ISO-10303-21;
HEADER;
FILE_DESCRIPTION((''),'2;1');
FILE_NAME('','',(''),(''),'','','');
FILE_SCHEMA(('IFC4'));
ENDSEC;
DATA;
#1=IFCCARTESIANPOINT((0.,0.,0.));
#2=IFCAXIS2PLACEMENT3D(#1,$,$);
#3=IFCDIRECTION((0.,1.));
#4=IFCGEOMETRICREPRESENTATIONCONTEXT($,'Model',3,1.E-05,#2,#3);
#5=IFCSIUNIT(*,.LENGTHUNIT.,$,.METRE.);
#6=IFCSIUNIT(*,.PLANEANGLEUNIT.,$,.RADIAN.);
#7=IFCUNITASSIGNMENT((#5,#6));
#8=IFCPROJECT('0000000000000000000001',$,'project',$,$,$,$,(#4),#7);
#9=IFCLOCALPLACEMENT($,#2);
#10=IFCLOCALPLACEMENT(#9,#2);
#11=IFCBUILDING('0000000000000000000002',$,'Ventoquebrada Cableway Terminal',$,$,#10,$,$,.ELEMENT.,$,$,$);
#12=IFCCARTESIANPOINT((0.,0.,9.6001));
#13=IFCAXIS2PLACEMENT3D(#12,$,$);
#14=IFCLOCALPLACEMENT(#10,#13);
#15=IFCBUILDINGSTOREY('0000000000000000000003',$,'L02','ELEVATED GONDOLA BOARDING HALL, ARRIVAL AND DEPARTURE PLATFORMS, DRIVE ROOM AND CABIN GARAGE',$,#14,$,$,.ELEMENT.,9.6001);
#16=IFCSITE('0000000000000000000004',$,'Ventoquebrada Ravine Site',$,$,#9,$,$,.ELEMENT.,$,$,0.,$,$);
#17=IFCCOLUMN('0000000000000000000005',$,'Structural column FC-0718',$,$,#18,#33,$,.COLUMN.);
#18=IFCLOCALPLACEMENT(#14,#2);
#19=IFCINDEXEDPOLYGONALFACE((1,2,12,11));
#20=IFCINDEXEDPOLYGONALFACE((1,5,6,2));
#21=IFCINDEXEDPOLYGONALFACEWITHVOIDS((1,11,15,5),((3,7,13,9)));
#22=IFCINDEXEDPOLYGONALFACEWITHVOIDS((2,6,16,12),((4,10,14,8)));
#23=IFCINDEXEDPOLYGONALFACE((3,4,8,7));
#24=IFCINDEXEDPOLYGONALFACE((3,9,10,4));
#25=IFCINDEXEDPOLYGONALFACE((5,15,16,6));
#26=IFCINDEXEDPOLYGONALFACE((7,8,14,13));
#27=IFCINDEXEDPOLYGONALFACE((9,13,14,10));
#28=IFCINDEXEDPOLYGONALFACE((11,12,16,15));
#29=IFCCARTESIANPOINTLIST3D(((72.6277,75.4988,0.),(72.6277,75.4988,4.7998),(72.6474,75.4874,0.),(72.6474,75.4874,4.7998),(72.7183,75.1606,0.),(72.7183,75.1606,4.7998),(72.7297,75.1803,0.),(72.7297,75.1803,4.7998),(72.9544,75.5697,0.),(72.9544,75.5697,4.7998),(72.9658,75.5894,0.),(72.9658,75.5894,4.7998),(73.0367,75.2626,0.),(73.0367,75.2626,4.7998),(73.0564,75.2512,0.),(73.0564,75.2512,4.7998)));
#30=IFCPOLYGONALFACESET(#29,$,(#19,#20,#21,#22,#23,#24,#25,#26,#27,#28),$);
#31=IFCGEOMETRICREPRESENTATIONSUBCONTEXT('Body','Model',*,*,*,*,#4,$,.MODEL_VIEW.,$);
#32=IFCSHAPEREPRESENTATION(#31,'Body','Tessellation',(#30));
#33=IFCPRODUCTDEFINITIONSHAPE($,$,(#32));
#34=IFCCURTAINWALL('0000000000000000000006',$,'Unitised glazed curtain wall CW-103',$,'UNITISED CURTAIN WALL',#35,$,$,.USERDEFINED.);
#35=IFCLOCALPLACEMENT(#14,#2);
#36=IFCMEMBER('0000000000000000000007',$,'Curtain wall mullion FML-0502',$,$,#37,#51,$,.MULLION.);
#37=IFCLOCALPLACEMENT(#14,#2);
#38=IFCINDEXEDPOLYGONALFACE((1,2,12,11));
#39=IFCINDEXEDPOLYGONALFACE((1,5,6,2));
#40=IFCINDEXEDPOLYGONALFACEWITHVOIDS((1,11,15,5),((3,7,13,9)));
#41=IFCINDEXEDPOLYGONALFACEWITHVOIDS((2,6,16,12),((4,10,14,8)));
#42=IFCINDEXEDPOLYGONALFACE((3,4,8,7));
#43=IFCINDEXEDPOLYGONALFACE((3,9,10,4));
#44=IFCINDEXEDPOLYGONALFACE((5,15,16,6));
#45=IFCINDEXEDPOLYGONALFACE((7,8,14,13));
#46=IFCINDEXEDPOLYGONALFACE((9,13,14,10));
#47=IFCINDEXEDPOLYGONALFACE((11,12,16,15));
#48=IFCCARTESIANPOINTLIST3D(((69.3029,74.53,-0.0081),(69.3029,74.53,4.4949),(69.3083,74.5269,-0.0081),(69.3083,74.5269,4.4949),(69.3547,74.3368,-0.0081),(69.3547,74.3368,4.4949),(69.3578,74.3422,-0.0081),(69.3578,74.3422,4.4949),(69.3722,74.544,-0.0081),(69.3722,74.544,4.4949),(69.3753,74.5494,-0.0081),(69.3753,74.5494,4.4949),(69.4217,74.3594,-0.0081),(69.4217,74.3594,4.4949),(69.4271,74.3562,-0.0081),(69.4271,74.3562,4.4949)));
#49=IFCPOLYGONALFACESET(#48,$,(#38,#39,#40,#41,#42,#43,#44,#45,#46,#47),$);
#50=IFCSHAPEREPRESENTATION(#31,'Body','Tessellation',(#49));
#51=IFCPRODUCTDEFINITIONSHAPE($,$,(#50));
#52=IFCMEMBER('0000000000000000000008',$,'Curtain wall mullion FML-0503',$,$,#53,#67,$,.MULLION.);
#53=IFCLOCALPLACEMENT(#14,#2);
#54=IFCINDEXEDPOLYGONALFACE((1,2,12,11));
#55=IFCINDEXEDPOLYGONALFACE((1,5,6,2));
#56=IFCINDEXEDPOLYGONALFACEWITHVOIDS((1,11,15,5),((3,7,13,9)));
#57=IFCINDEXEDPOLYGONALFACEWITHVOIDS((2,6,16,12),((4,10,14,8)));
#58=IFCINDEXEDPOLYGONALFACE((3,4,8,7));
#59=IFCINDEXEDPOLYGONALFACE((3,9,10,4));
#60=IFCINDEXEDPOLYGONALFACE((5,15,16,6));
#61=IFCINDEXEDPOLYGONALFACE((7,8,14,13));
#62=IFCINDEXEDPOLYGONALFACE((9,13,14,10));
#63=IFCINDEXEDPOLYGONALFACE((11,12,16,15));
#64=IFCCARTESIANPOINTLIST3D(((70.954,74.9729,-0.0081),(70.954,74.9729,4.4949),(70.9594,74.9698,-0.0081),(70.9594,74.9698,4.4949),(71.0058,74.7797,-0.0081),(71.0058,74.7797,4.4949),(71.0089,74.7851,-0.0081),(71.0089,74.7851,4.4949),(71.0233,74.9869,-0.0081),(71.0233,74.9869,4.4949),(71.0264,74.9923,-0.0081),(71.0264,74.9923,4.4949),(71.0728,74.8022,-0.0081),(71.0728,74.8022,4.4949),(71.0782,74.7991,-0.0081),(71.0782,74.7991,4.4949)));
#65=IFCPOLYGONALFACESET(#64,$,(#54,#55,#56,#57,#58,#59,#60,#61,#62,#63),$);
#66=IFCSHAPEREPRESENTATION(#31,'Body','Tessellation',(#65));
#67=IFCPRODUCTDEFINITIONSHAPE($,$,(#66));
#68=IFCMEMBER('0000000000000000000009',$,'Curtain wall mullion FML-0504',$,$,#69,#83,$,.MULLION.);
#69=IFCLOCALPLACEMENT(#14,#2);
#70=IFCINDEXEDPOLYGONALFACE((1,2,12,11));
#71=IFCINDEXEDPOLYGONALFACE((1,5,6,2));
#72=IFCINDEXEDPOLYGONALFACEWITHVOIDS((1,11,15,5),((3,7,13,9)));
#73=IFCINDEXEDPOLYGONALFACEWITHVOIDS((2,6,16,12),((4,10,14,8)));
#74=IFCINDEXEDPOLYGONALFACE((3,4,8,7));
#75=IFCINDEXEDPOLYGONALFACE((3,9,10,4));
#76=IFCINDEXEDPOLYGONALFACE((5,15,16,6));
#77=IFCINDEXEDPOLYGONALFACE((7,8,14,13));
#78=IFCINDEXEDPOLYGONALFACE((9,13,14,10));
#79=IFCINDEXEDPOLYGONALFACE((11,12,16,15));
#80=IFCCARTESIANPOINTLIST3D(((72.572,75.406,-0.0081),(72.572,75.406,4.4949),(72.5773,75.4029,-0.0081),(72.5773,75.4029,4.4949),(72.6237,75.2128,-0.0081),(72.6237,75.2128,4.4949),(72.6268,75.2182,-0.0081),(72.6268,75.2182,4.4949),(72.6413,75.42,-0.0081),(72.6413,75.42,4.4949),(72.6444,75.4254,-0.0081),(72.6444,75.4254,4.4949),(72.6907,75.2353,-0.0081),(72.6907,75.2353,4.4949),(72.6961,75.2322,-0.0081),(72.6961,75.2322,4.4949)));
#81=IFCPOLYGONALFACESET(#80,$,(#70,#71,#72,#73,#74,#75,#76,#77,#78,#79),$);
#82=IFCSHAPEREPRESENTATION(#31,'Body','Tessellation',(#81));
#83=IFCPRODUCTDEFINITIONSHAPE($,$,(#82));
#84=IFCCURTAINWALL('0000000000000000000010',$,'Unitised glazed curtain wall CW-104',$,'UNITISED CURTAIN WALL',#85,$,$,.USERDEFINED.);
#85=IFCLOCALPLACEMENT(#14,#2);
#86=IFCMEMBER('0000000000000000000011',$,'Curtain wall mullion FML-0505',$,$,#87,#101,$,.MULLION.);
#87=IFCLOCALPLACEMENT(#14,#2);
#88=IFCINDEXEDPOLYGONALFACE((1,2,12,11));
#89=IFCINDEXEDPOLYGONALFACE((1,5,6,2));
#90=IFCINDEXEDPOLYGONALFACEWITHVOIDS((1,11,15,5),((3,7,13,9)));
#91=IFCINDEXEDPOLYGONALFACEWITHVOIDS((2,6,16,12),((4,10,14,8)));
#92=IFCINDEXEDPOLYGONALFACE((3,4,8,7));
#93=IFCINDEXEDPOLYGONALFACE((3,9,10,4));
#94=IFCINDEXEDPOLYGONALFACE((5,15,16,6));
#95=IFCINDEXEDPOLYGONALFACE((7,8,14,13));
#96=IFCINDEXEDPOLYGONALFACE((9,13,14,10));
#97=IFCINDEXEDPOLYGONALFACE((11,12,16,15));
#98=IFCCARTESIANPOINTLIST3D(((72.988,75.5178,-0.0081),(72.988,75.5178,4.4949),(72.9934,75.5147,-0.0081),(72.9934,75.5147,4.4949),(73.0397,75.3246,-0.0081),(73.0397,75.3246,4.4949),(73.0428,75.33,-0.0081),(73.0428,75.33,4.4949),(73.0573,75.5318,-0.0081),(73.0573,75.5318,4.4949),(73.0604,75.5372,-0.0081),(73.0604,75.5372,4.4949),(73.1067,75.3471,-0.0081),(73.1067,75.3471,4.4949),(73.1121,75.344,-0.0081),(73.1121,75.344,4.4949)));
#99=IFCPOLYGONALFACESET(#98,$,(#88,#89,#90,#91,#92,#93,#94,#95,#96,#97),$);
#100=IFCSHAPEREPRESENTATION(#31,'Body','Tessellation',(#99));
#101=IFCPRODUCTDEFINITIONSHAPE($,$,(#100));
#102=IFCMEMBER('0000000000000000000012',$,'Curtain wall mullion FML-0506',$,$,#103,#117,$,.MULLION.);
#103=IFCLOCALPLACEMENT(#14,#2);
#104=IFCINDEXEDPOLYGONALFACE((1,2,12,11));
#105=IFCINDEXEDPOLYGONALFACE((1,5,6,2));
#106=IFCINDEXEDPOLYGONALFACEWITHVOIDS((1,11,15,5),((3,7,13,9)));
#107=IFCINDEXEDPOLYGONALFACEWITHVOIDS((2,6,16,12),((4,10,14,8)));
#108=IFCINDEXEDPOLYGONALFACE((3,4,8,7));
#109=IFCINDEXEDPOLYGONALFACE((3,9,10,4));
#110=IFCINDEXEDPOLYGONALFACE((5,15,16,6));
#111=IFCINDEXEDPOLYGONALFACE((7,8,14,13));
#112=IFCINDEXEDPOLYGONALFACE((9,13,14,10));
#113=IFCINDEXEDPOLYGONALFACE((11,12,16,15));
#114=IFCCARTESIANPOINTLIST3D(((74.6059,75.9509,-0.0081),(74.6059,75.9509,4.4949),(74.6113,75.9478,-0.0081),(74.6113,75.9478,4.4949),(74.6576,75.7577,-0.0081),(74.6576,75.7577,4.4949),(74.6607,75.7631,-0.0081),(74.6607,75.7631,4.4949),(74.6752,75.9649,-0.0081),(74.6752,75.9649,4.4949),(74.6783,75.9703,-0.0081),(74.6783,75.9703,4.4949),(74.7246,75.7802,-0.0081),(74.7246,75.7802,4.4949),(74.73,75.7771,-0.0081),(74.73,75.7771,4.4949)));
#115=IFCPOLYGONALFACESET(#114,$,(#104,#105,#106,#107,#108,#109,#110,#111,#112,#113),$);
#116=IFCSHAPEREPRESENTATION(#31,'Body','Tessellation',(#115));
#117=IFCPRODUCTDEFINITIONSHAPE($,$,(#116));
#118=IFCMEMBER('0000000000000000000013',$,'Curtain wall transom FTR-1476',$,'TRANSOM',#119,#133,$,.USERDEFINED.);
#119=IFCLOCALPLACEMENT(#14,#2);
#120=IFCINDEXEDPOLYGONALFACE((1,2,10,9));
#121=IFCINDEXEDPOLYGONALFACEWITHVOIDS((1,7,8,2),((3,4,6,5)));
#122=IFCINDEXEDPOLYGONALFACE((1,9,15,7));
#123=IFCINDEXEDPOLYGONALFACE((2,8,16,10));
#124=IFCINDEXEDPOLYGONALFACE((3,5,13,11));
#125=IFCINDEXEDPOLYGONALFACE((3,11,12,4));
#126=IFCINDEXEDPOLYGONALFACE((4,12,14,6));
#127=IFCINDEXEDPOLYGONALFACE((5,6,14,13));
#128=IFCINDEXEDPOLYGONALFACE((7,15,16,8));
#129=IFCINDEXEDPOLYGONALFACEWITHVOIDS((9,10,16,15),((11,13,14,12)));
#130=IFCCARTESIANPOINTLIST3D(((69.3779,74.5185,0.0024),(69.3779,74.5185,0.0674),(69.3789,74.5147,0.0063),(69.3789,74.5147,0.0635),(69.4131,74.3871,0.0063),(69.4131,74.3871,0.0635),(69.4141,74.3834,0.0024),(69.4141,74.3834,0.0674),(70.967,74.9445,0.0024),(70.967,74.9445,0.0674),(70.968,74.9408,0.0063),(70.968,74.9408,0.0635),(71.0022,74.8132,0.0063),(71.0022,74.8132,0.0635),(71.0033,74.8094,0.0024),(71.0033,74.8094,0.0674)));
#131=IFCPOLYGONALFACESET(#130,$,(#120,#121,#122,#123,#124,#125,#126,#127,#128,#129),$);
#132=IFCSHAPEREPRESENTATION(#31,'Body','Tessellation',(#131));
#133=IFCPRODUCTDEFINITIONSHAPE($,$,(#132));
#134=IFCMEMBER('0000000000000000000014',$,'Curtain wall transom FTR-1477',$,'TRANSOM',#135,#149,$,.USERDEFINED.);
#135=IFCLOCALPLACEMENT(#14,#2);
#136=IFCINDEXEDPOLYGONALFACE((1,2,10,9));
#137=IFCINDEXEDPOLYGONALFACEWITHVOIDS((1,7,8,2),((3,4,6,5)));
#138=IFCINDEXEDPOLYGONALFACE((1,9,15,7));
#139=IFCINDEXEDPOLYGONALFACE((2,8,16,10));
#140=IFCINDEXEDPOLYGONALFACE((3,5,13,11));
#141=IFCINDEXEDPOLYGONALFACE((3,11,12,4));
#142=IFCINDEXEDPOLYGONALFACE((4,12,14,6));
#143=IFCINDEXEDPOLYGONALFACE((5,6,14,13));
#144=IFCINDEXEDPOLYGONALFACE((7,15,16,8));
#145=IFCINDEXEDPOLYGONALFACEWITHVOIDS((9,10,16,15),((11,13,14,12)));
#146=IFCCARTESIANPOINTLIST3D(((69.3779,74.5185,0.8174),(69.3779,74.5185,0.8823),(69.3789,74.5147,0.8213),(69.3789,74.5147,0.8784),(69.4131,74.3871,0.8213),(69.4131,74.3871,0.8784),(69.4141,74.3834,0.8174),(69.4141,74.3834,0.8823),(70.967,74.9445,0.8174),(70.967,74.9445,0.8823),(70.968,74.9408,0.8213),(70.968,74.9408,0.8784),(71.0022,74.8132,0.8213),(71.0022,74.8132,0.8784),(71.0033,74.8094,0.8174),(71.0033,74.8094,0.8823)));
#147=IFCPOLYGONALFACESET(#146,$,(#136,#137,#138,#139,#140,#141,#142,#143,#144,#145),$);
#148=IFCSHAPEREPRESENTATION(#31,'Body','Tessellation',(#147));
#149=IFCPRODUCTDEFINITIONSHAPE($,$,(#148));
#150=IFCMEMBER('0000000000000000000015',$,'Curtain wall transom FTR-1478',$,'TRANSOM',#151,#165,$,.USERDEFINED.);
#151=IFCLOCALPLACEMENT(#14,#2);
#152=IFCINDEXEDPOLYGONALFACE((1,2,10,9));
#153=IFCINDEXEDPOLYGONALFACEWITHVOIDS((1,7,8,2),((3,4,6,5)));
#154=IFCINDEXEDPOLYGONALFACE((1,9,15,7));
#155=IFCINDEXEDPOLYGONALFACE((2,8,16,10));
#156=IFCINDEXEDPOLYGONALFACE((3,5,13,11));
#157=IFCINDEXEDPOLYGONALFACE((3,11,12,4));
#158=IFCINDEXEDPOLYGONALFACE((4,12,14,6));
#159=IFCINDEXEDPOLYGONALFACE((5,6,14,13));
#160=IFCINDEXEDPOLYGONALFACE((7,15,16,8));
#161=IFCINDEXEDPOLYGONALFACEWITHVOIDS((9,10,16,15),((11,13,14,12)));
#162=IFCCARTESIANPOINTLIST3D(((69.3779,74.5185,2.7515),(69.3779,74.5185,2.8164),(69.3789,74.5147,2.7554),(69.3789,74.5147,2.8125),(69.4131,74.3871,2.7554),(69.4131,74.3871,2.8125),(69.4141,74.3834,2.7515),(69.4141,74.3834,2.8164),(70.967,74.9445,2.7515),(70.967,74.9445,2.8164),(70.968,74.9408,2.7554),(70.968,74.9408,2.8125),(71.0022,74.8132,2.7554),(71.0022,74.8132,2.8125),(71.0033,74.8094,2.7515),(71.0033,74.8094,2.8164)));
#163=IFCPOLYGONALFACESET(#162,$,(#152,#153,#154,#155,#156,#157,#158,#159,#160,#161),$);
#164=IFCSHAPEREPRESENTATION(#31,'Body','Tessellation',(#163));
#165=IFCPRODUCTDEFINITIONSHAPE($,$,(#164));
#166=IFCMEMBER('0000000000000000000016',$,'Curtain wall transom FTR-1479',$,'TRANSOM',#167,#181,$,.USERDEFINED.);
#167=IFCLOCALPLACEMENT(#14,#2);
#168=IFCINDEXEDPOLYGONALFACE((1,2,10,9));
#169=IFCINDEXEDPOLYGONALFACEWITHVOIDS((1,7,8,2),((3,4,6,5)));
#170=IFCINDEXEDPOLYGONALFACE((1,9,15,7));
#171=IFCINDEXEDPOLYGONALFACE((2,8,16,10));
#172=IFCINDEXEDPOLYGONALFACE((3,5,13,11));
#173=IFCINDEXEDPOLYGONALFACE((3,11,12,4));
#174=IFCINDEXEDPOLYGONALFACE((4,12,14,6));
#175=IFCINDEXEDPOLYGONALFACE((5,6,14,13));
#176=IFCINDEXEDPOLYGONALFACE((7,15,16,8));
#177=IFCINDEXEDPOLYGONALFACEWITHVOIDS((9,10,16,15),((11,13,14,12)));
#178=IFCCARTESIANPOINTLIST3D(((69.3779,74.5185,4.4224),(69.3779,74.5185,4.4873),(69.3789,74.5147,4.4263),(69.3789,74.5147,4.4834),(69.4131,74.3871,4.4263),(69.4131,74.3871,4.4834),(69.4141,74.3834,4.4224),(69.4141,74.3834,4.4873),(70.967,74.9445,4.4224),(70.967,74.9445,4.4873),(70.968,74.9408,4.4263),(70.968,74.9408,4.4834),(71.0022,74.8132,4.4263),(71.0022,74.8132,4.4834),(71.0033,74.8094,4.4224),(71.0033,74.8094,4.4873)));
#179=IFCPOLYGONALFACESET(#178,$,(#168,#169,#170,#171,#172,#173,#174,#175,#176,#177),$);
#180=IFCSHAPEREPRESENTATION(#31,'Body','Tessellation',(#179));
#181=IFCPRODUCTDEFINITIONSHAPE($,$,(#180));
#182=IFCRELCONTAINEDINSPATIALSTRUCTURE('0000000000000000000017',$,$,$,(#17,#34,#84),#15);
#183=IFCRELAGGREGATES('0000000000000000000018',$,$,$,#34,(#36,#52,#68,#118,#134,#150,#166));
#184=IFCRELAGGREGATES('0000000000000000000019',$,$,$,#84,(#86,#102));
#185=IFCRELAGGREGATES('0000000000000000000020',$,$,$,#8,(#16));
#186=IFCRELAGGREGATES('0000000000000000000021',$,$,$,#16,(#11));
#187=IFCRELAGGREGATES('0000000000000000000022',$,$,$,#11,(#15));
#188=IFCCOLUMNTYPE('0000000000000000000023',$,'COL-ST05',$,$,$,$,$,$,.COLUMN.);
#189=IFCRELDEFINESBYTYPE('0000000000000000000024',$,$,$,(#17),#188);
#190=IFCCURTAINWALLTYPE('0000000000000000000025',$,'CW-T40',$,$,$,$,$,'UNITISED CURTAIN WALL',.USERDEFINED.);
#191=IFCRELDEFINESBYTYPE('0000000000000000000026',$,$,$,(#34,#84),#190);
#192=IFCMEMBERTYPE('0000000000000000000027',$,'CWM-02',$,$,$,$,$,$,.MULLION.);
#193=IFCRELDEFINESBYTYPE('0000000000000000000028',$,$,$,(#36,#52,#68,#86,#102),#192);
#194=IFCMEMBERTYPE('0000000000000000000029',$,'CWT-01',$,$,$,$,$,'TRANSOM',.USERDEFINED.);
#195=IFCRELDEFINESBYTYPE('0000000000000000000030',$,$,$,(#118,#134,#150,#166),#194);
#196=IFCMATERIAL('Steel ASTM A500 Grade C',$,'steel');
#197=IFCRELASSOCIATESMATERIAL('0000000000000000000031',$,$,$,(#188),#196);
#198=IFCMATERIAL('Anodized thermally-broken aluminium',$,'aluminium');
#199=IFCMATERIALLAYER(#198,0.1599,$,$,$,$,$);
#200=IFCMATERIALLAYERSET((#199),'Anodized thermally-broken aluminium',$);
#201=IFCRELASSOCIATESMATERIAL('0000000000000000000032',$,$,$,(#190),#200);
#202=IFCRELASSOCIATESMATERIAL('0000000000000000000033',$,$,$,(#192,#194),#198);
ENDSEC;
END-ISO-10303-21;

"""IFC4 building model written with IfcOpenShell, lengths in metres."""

from ifc_helpers import new_model, si_unit, direction, frame, origin, origin_2d, place, context, subcontext, project, spatial, hollow_rectangle, extrude, material, layer, layer_set, material_profile, profile_set, type_object, element, aggregate, save


model = new_model("IFC4")

# Units and contexts
model_context = context("Model", 3, precision=1e-05, world=origin(), true_north=direction((0.0, 1.0)))
body_context = subcontext(model_context, "Body", "Model", "MODEL_VIEW")
ifc_project = project(units=[si_unit("LENGTHUNIT", "METRE"), si_unit("PLANEANGLEUNIT", "RADIAN")], contexts=[model_context])

# Site, building, storey
site_placement = place(None, origin())
site = spatial("IfcSite", under=ifc_project, at=site_placement, Name="Ventoquebrada Ravine Site", CompositionType="ELEMENT", RefElevation=0.0)
building_placement = place(site_placement, origin())
building = spatial("IfcBuilding", under=site, at=building_placement, Name="Ventoquebrada Cableway Terminal", CompositionType="ELEMENT")
storey_placement = place(building_placement, frame((0.0, 0.0, 9.6001)))
storey = spatial("IfcBuildingStorey", under=building, at=storey_placement, Name="L02", Description="ELEVATED GONDOLA BOARDING HALL, ARRIVAL AND DEPARTURE PLATFORMS, DRIVE ROOM AND CABIN GARAGE", CompositionType="ELEMENT", Elevation=9.6001)

# Column
ifc_material_1 = material(Name="Steel ASTM A500 Grade C", Category="steel")
ifc_material_profile_1 = material_profile(ifc_material_1, hollow_rectangle(XDim=0.3501, YDim=0.3501, WallThickness=0.0161, at=origin_2d()), Name="HSS350X350X16")
ifc_profile_set_1 = profile_set([ifc_material_profile_1], Name="Steel ASTM A500 Grade C")
column_type = type_object("IfcColumnType", Name="COL-ST05", PredefinedType="COLUMN", material=ifc_profile_set_1)
column_placement = place(storey_placement, frame((72.842, 75.375, 0.0), z_axis=(0.0, 0.0, 1.0), x_axis=(0.965926, 0.258819, 0.0)))
element("IfcColumn", 1, at=column_placement, inside=storey, type_object=column_type, Name="Structural column FC-0718", PredefinedType="COLUMN", context=body_context, shape_type="SweptSolid", body=[
    extrude(hollow_rectangle(XDim=0.3501, YDim=0.3501, WallThickness=0.0161, at=origin_2d()), origin(), (0.0, 0.0, 1.0), 4.7998),
])

# Curtain walls, members
ifc_material_2 = material(Name="Anodized thermally-broken aluminium", Category="aluminium")
ifc_layer_1 = layer(ifc_material_2, 0.1599)
ifc_layer_set_1 = layer_set([ifc_layer_1], Name="Anodized thermally-broken aluminium")
curtain_wall_type = type_object("IfcCurtainWallType", Name="CW-T40", ElementType="UNITISED CURTAIN WALL", PredefinedType="USERDEFINED", material=ifc_layer_set_1)
curtain_wall_1_placement = place(storey_placement, origin())
curtain_wall_1 = element("IfcCurtainWall", 2, at=curtain_wall_1_placement, inside=storey, type_object=curtain_wall_type, Name="Unitised glazed curtain wall CW-103", ObjectType="UNITISED CURTAIN WALL", PredefinedType="USERDEFINED")
ifc_material_profile_2 = material_profile(ifc_material_2, hollow_rectangle(XDim=0.075, YDim=0.2, WallThickness=0.0044, at=origin_2d()), Name="CW-MUL-75X200")
ifc_profile_set_2 = profile_set([ifc_material_profile_2], Name="Anodized thermally-broken aluminium")
member_type_1 = type_object("IfcMemberType", Name="CWM-02", PredefinedType="MULLION", material=ifc_profile_set_2)
member_1_placement = place(storey_placement, frame((69.365, 74.4431, -0.0081), z_axis=(0.0, 0.0, 1.0), x_axis=(0.965939, 0.258768, 0.0)))
member_1 = element("IfcMember", 3, at=member_1_placement, type_object=member_type_1, Name="Curtain wall mullion FML-0502", PredefinedType="MULLION", context=body_context, shape_type="SweptSolid", body=[
    extrude(hollow_rectangle(XDim=0.075, YDim=0.2, WallThickness=0.0044, at=origin_2d()), origin(), (0.0, 0.0, 1.0), 4.5029),
])
member_2_placement = place(storey_placement, frame((71.0161, 74.886, -0.0081), z_axis=(0.0, 0.0, 1.0), x_axis=(0.965939, 0.258768, 0.0)))
member_2 = element("IfcMember", 4, at=member_2_placement, type_object=member_type_1, Name="Curtain wall mullion FML-0503", PredefinedType="MULLION", context=body_context, shape_type="SweptSolid", body=[
    extrude(hollow_rectangle(XDim=0.075, YDim=0.2, WallThickness=0.0044, at=origin_2d()), origin(), (0.0, 0.0, 1.0), 4.5029),
])
member_3_placement = place(storey_placement, frame((72.634, 75.3191, -0.0081), z_axis=(0.0, 0.0, 1.0), x_axis=(0.965939, 0.258768, 0.0)))
member_3 = element("IfcMember", 5, at=member_3_placement, type_object=member_type_1, Name="Curtain wall mullion FML-0504", PredefinedType="MULLION", context=body_context, shape_type="SweptSolid", body=[
    extrude(hollow_rectangle(XDim=0.075, YDim=0.2, WallThickness=0.0044, at=origin_2d()), origin(), (0.0, 0.0, 1.0), 4.5029),
])
curtain_wall_2_placement = place(storey_placement, origin())
curtain_wall_2 = element("IfcCurtainWall", 6, at=curtain_wall_2_placement, inside=storey, type_object=curtain_wall_type, Name="Unitised glazed curtain wall CW-104", ObjectType="UNITISED CURTAIN WALL", PredefinedType="USERDEFINED")
member_4_placement = place(storey_placement, frame((73.05, 75.4309, -0.0081), z_axis=(0.0, 0.0, 1.0), x_axis=(0.965975, 0.258634, 0.0)))
member_4 = element("IfcMember", 7, at=member_4_placement, type_object=member_type_1, Name="Curtain wall mullion FML-0505", PredefinedType="MULLION", context=body_context, shape_type="SweptSolid", body=[
    extrude(hollow_rectangle(XDim=0.075, YDim=0.2, WallThickness=0.0044, at=origin_2d()), origin(), (0.0, 0.0, 1.0), 4.5029),
])
member_5_placement = place(storey_placement, frame((74.668, 75.864, -0.0081), z_axis=(0.0, 0.0, 1.0), x_axis=(0.965975, 0.258634, 0.0)))
member_5 = element("IfcMember", 8, at=member_5_placement, type_object=member_type_1, Name="Curtain wall mullion FML-0506", PredefinedType="MULLION", context=body_context, shape_type="SweptSolid", body=[
    extrude(hollow_rectangle(XDim=0.075, YDim=0.2, WallThickness=0.0044, at=origin_2d()), origin(), (0.0, 0.0, 1.0), 4.5029),
])

# Members
ifc_material_profile_3 = material_profile(ifc_material_2, hollow_rectangle(XDim=0.0649, YDim=0.1399, WallThickness=0.0039, at=origin_2d()), Name="CW-TRN-65X140")
ifc_profile_set_3 = profile_set([ifc_material_profile_3], Name="Anodized thermally-broken aluminium")
member_type_2 = type_object("IfcMemberType", Name="CWT-01", ElementType="TRANSOM", PredefinedType="USERDEFINED", material=ifc_profile_set_3)
member_6_placement = place(storey_placement, frame((69.396, 74.4509, 0.0349), z_axis=(0.965892, 0.258946, 0.0), x_axis=(0.0, 0.0, 1.0)))
member_6 = element("IfcMember", 9, at=member_6_placement, type_object=member_type_2, Name="Curtain wall transom FTR-1476", ObjectType="TRANSOM", PredefinedType="USERDEFINED", context=body_context, shape_type="SweptSolid", body=[
    extrude(hollow_rectangle(XDim=0.0649, YDim=0.1399, WallThickness=0.0039, at=origin_2d()), origin(), (0.0, 0.0, 1.0), 1.6453),
])
member_7_placement = place(storey_placement, frame((69.396, 74.4509, 0.8499), z_axis=(0.965892, 0.258946, 0.0), x_axis=(0.0, 0.0, 1.0)))
member_7 = element("IfcMember", 10, at=member_7_placement, type_object=member_type_2, Name="Curtain wall transom FTR-1477", ObjectType="TRANSOM", PredefinedType="USERDEFINED", context=body_context, shape_type="SweptSolid", body=[
    extrude(hollow_rectangle(XDim=0.0649, YDim=0.1399, WallThickness=0.0039, at=origin_2d()), origin(), (0.0, 0.0, 1.0), 1.6453),
])
member_8_placement = place(storey_placement, frame((69.396, 74.4509, 2.7839), z_axis=(0.965892, 0.258946, 0.0), x_axis=(0.0, 0.0, 1.0)))
member_8 = element("IfcMember", 11, at=member_8_placement, type_object=member_type_2, Name="Curtain wall transom FTR-1478", ObjectType="TRANSOM", PredefinedType="USERDEFINED", context=body_context, shape_type="SweptSolid", body=[
    extrude(hollow_rectangle(XDim=0.0649, YDim=0.1399, WallThickness=0.0039, at=origin_2d()), origin(), (0.0, 0.0, 1.0), 1.6453),
])
member_9_placement = place(storey_placement, frame((69.396, 74.4509, 4.4548), z_axis=(0.965892, 0.258946, 0.0), x_axis=(0.0, 0.0, 1.0)))
member_9 = element("IfcMember", 12, at=member_9_placement, type_object=member_type_2, Name="Curtain wall transom FTR-1479", ObjectType="TRANSOM", PredefinedType="USERDEFINED", context=body_context, shape_type="SweptSolid", body=[
    extrude(hollow_rectangle(XDim=0.0649, YDim=0.1399, WallThickness=0.0039, at=origin_2d()), origin(), (0.0, 0.0, 1.0), 1.6453),
])

aggregate(curtain_wall_1, [member_1, member_2, member_3, member_6, member_7, member_8, member_9])
aggregate(curtain_wall_2, [member_4, member_5])

save(model, "model.ifc")
